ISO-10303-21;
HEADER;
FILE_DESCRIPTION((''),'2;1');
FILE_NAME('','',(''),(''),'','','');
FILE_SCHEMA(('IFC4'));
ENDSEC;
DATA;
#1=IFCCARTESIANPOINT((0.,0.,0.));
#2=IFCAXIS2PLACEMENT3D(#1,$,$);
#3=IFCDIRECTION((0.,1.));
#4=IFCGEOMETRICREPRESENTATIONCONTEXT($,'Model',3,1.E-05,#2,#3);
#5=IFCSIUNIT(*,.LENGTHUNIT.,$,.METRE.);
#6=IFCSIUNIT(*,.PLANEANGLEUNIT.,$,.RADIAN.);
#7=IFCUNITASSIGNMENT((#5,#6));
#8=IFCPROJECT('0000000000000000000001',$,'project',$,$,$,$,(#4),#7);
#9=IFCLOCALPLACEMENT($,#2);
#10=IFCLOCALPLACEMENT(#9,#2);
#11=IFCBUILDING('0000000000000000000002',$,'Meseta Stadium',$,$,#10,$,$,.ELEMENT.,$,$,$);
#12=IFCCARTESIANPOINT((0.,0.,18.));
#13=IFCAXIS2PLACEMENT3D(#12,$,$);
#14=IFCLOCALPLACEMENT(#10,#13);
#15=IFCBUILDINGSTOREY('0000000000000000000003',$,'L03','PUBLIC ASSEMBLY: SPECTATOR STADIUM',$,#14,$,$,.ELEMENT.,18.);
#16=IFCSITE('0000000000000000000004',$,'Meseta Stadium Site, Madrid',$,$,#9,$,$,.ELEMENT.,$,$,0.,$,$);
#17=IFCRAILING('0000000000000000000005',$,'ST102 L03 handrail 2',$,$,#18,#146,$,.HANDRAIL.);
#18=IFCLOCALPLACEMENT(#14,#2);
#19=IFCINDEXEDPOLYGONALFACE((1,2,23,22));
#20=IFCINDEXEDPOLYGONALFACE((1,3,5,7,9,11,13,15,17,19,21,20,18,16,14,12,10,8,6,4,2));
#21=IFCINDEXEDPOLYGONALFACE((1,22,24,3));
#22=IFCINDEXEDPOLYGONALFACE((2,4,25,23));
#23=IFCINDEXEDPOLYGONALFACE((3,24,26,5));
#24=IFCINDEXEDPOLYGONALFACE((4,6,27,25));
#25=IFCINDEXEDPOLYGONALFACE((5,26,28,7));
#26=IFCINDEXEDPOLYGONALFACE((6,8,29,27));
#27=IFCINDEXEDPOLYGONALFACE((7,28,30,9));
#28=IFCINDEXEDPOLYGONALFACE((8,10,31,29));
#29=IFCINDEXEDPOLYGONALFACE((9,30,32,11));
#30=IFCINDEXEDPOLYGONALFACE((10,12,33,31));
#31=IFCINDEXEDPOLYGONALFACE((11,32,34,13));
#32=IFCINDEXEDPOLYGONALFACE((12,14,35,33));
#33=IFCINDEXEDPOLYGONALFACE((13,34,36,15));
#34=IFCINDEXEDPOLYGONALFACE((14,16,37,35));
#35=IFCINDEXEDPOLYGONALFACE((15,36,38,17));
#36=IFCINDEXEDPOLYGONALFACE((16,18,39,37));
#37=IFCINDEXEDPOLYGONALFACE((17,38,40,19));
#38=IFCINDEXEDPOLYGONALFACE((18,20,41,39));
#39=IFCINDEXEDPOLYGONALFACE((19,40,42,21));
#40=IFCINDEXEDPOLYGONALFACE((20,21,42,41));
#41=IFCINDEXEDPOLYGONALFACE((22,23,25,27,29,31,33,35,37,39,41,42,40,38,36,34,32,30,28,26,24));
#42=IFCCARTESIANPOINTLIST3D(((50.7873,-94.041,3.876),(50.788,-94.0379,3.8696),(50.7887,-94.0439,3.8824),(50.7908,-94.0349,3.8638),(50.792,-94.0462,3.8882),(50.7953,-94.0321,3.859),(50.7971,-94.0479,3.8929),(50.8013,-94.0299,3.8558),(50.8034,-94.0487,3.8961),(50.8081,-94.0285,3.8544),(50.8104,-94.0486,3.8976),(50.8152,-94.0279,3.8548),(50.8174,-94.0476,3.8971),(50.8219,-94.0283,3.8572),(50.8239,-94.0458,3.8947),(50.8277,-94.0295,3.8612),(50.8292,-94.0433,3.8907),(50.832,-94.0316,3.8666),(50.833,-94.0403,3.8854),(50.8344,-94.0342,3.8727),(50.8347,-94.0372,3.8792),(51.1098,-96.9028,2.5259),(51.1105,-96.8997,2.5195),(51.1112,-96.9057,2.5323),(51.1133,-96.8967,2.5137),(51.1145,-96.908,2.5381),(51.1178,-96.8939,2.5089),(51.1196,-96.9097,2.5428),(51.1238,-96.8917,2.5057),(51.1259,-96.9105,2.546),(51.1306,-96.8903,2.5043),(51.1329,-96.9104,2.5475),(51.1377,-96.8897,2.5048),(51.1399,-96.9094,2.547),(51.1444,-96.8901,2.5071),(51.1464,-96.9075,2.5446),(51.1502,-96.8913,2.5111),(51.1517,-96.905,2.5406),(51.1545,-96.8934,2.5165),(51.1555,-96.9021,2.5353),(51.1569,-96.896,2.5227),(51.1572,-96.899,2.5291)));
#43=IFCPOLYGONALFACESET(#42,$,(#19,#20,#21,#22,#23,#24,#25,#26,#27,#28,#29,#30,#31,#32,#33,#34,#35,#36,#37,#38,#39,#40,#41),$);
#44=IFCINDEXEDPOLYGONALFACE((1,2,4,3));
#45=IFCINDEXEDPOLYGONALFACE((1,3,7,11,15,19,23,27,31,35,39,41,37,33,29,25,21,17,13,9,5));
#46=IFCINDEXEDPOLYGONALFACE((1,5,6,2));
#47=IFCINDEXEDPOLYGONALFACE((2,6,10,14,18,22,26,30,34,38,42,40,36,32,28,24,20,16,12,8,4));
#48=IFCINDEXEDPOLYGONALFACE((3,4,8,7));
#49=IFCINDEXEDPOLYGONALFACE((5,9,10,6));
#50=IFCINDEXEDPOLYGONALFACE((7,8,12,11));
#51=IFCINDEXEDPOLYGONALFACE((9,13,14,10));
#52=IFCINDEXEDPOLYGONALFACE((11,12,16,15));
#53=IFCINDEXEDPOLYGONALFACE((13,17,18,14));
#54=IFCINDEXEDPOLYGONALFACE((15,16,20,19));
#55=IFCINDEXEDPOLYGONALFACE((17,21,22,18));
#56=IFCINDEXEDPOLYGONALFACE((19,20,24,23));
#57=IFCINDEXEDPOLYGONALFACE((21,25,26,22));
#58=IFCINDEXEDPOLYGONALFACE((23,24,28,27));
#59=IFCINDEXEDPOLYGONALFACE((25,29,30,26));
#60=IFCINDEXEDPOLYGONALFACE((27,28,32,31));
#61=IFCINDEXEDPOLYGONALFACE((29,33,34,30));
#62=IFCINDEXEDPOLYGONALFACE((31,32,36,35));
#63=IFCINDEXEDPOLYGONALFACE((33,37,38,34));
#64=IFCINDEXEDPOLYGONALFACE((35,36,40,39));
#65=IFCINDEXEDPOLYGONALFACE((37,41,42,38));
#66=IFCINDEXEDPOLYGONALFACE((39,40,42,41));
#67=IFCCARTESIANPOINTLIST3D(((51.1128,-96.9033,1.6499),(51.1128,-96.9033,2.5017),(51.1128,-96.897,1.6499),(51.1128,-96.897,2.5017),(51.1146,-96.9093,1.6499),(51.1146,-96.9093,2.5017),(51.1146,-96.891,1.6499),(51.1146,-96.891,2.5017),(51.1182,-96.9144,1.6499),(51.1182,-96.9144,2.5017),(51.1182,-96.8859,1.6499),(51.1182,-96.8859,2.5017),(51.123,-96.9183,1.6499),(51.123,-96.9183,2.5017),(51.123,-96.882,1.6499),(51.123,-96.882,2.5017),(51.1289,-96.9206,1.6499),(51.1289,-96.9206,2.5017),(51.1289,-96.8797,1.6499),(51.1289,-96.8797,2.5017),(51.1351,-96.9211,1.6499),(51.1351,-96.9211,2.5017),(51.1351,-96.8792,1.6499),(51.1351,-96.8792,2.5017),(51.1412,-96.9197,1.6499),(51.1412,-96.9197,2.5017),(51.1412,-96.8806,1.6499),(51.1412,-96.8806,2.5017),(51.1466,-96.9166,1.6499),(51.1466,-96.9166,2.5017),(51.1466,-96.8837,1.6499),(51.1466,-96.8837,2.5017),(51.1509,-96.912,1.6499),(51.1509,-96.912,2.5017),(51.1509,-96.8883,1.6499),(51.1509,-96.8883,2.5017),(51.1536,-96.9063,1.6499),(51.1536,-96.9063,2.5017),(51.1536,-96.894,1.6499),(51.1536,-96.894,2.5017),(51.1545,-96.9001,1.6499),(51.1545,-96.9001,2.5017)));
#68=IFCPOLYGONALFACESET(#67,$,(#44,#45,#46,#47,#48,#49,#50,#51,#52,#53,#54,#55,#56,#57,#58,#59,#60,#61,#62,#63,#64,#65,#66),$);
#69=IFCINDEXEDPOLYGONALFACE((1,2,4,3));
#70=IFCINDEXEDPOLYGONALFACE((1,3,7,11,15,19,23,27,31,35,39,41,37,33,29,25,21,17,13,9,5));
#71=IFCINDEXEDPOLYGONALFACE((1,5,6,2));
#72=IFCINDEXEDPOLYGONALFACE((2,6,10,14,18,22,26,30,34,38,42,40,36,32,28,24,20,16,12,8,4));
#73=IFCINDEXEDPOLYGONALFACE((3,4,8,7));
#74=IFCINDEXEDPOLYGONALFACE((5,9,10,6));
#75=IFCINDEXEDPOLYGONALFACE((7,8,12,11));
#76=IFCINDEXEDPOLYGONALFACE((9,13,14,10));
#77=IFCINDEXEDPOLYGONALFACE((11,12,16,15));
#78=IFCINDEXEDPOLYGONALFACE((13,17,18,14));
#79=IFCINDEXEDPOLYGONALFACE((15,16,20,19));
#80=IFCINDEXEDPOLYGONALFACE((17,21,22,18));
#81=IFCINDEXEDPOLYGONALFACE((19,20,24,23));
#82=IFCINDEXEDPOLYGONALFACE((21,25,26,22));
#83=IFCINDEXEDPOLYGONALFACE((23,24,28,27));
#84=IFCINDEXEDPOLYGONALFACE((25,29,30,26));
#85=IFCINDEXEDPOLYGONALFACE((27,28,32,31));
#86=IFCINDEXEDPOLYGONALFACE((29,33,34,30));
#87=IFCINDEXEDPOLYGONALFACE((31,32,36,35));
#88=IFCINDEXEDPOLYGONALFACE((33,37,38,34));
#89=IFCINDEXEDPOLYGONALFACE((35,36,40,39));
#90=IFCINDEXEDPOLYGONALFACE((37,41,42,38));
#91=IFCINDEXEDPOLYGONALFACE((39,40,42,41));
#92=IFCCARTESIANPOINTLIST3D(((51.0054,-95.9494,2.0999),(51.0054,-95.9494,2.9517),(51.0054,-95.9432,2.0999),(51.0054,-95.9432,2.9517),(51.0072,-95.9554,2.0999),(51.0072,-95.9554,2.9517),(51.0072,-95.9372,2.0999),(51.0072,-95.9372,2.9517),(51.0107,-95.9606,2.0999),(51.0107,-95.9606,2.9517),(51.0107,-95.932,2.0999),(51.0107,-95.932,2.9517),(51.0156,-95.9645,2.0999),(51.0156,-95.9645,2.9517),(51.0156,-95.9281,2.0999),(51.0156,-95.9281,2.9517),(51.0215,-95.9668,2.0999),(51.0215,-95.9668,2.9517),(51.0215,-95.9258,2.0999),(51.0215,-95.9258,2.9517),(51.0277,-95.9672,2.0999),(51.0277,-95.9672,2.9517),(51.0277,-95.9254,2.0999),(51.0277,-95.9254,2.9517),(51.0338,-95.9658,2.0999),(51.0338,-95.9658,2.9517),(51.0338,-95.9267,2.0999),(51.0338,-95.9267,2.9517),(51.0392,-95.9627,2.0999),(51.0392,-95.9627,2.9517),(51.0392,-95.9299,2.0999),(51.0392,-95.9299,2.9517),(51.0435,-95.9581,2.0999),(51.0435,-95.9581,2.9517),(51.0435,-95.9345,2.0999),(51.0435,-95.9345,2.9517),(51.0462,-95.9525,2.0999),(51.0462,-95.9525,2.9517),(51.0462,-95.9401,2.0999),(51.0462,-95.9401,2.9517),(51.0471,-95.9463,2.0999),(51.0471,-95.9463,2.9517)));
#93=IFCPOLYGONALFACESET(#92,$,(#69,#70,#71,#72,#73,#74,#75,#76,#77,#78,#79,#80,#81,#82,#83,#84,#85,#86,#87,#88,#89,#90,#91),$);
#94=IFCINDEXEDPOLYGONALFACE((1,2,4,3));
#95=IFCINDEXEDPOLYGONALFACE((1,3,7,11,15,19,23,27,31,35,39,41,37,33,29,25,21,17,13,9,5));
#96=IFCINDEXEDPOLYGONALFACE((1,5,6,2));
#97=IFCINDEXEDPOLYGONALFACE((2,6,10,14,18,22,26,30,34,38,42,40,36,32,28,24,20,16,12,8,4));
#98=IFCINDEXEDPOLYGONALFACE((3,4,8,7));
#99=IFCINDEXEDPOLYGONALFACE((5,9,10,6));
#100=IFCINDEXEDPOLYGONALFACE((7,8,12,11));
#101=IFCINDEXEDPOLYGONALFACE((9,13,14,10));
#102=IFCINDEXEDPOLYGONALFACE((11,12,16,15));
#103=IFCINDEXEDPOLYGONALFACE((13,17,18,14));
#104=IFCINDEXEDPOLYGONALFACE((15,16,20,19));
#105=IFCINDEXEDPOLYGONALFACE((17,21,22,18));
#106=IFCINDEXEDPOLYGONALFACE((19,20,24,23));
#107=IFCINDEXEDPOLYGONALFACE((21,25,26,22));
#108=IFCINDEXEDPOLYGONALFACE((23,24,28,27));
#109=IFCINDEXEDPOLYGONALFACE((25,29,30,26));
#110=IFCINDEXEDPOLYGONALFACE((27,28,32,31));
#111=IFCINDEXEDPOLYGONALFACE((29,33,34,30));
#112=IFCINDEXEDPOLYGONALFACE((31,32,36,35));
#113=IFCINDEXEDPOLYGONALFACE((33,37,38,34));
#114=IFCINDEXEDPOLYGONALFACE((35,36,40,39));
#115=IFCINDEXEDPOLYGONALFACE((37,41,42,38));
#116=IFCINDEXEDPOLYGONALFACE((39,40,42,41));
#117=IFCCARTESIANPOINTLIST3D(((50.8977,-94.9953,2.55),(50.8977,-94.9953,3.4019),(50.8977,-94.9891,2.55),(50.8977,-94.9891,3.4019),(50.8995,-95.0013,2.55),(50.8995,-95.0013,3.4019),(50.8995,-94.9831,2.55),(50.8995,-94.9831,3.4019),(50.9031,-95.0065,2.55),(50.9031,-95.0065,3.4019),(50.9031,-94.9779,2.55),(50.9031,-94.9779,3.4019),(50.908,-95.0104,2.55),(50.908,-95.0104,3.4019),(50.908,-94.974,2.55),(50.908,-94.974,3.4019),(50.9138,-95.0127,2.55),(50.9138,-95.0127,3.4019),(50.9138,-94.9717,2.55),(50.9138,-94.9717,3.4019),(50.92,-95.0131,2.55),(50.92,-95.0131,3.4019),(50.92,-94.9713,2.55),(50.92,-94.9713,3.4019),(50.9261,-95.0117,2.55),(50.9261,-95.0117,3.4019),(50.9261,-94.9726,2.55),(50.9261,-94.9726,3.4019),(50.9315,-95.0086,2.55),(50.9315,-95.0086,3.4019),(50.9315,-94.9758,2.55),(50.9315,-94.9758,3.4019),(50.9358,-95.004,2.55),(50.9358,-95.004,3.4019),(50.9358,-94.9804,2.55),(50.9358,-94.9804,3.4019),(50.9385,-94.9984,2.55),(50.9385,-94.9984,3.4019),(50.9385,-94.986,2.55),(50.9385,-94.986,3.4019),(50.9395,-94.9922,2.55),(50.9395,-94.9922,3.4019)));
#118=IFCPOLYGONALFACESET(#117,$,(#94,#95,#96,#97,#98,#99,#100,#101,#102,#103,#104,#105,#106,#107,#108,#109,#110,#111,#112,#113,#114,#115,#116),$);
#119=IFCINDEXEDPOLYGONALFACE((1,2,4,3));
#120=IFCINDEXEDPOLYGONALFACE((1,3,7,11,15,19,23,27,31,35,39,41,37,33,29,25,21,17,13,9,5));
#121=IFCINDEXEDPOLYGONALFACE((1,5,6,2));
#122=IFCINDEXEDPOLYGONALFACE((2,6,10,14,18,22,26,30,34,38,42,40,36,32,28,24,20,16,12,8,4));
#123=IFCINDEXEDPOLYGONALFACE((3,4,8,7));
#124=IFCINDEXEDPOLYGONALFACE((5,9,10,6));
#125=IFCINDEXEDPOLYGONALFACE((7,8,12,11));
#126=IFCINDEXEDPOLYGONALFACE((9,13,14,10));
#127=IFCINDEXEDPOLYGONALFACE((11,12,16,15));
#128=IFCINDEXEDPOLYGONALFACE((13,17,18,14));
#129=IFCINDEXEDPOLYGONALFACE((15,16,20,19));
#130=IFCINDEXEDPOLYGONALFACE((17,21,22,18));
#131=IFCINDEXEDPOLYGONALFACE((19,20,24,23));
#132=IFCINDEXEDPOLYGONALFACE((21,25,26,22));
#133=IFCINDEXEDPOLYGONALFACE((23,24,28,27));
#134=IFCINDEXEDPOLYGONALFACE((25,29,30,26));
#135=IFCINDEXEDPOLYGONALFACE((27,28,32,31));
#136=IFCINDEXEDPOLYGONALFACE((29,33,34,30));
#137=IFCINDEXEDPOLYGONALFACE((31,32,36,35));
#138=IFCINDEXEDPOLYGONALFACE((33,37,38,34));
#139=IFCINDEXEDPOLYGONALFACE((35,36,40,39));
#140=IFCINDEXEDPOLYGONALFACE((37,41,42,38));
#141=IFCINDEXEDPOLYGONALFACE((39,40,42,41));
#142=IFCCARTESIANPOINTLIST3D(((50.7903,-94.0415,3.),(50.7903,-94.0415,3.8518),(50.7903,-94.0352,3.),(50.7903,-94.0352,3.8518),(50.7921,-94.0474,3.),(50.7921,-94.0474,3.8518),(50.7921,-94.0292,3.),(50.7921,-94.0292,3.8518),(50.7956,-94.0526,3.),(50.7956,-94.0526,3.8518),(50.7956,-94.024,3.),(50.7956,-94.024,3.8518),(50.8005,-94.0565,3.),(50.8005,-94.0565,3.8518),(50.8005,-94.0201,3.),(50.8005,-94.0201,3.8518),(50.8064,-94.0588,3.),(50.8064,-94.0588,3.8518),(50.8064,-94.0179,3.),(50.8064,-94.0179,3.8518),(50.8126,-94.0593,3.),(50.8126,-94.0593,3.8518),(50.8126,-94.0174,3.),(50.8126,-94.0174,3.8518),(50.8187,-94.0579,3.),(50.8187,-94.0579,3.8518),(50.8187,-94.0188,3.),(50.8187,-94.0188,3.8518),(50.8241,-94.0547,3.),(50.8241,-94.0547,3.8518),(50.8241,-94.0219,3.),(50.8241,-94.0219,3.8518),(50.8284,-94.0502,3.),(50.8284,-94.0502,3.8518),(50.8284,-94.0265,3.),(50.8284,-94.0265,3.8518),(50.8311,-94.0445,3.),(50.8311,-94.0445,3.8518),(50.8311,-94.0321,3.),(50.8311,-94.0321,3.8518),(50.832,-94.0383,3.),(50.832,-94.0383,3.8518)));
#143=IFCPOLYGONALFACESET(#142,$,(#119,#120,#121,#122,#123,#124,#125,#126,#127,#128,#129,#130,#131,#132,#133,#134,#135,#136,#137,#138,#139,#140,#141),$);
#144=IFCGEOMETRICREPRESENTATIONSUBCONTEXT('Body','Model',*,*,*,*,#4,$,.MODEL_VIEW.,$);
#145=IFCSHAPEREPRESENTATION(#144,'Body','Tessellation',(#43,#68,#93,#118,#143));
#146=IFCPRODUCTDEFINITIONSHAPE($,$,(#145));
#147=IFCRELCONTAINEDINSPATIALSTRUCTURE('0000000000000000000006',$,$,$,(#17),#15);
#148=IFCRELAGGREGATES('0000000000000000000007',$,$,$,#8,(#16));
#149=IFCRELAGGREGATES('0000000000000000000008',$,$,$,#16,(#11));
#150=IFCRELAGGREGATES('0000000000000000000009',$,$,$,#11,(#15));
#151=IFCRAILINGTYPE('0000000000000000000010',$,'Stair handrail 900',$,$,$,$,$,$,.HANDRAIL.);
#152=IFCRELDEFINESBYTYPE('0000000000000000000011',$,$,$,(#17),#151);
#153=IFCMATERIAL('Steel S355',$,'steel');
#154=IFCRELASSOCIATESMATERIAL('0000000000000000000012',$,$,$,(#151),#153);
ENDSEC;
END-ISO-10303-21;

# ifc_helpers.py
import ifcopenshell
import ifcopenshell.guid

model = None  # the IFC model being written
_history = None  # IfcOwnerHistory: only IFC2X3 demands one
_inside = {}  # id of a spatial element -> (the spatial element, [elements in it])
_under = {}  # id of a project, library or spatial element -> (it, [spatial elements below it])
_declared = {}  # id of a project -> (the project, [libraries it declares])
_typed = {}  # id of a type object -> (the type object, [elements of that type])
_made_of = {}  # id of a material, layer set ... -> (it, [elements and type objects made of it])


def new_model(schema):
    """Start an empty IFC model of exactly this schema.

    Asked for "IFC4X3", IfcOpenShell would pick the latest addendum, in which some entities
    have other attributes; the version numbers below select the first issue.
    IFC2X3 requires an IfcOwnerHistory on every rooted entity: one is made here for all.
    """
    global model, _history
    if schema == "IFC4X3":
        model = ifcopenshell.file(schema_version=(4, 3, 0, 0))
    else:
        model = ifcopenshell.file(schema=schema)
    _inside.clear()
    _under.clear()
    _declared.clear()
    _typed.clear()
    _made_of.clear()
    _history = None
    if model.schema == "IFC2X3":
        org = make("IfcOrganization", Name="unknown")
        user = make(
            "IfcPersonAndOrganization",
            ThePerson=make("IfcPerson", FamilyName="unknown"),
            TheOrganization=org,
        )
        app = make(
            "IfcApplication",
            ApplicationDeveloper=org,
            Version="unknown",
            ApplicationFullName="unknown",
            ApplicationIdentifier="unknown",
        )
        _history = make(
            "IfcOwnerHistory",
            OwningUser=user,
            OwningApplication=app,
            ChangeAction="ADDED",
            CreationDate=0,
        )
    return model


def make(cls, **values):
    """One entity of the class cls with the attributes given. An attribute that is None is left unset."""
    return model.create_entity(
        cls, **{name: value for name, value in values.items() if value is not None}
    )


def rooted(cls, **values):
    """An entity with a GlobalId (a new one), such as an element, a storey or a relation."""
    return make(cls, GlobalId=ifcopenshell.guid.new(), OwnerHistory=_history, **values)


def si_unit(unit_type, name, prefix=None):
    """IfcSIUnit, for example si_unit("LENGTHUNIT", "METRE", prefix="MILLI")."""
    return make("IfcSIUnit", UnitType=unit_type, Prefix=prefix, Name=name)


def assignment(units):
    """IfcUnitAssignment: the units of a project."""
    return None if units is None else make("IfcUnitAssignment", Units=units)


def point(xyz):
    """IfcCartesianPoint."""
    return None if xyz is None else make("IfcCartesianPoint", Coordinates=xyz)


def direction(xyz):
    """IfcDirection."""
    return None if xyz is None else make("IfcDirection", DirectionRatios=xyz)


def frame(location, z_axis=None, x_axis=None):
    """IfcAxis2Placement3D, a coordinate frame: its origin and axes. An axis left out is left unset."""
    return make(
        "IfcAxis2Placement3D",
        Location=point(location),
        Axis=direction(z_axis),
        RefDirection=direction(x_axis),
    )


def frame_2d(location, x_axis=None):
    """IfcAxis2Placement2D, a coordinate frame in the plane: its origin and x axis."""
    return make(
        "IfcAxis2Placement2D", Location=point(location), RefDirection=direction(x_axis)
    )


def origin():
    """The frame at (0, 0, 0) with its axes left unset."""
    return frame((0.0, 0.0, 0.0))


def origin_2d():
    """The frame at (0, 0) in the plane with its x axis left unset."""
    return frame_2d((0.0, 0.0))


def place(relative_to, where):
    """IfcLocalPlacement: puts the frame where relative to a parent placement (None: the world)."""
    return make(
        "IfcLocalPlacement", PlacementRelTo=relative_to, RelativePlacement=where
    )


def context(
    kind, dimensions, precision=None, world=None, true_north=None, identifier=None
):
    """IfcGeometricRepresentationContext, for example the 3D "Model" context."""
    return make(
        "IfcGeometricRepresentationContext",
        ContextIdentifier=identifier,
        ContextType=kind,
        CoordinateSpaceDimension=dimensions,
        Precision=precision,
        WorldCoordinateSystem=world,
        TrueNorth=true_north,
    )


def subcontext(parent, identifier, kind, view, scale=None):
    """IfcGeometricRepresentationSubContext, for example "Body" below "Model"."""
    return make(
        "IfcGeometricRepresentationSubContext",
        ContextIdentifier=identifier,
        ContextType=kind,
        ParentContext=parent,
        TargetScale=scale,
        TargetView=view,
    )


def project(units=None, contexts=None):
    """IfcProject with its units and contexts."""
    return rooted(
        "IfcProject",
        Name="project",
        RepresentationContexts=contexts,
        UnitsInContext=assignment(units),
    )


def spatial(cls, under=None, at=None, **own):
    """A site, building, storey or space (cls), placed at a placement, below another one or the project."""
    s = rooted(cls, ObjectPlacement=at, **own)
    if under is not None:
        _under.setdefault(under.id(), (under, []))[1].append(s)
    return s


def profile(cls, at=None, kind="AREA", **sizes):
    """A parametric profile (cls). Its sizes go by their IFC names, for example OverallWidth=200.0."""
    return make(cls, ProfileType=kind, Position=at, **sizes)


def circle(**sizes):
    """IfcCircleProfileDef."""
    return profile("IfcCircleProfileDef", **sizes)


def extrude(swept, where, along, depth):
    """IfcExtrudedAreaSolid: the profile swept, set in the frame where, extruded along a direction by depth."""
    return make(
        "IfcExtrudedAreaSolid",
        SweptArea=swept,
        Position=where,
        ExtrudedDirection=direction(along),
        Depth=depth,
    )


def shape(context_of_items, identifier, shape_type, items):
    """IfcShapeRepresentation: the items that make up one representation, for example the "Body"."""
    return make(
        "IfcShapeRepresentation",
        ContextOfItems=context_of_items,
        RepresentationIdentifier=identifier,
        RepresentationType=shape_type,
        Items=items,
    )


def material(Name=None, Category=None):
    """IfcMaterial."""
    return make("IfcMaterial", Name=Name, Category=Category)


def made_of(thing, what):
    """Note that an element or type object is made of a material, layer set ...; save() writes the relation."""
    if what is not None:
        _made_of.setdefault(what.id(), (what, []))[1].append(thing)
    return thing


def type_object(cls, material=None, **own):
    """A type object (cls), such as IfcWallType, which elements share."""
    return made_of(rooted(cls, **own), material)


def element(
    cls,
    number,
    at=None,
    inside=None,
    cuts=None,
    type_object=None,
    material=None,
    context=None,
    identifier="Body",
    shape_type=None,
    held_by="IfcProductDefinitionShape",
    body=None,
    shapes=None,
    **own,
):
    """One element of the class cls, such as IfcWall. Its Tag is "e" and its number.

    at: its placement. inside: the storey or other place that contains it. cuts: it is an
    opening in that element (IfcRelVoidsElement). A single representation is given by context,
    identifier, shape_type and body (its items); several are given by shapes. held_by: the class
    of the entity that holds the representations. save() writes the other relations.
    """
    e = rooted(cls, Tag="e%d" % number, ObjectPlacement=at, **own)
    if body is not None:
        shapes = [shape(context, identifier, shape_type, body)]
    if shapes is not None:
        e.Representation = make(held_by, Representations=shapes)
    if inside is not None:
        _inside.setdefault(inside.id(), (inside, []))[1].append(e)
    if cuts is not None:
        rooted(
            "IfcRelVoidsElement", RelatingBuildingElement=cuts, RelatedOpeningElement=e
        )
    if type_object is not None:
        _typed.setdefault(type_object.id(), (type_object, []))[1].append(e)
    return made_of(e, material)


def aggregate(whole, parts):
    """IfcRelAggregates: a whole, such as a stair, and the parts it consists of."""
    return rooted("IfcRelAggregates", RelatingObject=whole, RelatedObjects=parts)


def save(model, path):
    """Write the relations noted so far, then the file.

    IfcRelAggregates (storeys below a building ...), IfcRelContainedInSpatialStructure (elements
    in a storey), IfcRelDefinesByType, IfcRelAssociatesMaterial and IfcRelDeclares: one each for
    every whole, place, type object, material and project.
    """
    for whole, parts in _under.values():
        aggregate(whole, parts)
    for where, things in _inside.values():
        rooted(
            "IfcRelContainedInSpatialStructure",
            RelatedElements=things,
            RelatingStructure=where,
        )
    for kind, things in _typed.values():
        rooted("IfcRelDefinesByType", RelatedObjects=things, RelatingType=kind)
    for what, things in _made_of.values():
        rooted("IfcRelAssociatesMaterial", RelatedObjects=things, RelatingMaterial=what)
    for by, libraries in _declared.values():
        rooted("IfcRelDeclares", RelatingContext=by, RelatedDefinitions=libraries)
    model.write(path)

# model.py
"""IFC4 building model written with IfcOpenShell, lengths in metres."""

from ifc_helpers import new_model, si_unit, direction, frame, origin, origin_2d, place, context, subcontext, project, spatial, circle, extrude, material, type_object, element, save


model = new_model("IFC4")

# Units and contexts
model_context = context("Model", 3, precision=1e-05, world=origin(), true_north=direction((0.0, 1.0)))
body_context = subcontext(model_context, "Body", "Model", "MODEL_VIEW")
ifc_project = project(units=[si_unit("LENGTHUNIT", "METRE"), si_unit("PLANEANGLEUNIT", "RADIAN")], contexts=[model_context])

# Site, building, storey
site_placement = place(None, origin())
site = spatial("IfcSite", under=ifc_project, at=site_placement, Name="Meseta Stadium Site, Madrid", CompositionType="ELEMENT", RefElevation=0.0)
building_placement = place(site_placement, origin())
building = spatial("IfcBuilding", under=site, at=building_placement, Name="Meseta Stadium", CompositionType="ELEMENT")
storey_placement = place(building_placement, frame((0.0, 0.0, 18.0)))
storey = spatial("IfcBuildingStorey", under=building, at=storey_placement, Name="L03", Description="PUBLIC ASSEMBLY: SPECTATOR STADIUM", CompositionType="ELEMENT", Elevation=18.0)

# Railing
ifc_material_1 = material(Name="Steel S355", Category="steel")
railing_type_1 = type_object("IfcRailingType", Name="Stair handrail 900", PredefinedType="HANDRAIL", material=ifc_material_1)
railing_1_placement = place(storey_placement, frame((51.1335, -96.9001, 1.6499)))
element("IfcRailing", 1, at=railing_1_placement, inside=storey, type_object=railing_type_1, Name="ST102 L03 handrail 2", PredefinedType="HANDRAIL", context=body_context, shape_type="SweptSolid", body=[
    extrude(circle(Radius=0.0239, at=origin_2d()), frame((0.0, 0.0, 0.876), z_axis=(-0.101396, 0.899748, 0.424467), x_axis=(-0.99371, -0.111985, 0.0)), (0.0, 0.0, 1.0), 3.1807),
    extrude(circle(Radius=0.021, at=origin_2d()), origin(), (0.0, 0.0, 1.0), 0.8518),
    extrude(circle(Radius=0.021, at=origin_2d()), frame((-0.1074, 0.9539, 0.45)), (0.0, 0.0, 1.0), 0.8518),
    extrude(circle(Radius=0.021, at=origin_2d()), frame((-0.2151, 1.908, 0.9001)), (0.0, 0.0, 1.0), 0.8518),
    extrude(circle(Radius=0.021, at=origin_2d()), frame((-0.3225, 2.8618, 1.3501)), (0.0, 0.0, 1.0), 0.8518),
])

save(model, "model.ifc")
